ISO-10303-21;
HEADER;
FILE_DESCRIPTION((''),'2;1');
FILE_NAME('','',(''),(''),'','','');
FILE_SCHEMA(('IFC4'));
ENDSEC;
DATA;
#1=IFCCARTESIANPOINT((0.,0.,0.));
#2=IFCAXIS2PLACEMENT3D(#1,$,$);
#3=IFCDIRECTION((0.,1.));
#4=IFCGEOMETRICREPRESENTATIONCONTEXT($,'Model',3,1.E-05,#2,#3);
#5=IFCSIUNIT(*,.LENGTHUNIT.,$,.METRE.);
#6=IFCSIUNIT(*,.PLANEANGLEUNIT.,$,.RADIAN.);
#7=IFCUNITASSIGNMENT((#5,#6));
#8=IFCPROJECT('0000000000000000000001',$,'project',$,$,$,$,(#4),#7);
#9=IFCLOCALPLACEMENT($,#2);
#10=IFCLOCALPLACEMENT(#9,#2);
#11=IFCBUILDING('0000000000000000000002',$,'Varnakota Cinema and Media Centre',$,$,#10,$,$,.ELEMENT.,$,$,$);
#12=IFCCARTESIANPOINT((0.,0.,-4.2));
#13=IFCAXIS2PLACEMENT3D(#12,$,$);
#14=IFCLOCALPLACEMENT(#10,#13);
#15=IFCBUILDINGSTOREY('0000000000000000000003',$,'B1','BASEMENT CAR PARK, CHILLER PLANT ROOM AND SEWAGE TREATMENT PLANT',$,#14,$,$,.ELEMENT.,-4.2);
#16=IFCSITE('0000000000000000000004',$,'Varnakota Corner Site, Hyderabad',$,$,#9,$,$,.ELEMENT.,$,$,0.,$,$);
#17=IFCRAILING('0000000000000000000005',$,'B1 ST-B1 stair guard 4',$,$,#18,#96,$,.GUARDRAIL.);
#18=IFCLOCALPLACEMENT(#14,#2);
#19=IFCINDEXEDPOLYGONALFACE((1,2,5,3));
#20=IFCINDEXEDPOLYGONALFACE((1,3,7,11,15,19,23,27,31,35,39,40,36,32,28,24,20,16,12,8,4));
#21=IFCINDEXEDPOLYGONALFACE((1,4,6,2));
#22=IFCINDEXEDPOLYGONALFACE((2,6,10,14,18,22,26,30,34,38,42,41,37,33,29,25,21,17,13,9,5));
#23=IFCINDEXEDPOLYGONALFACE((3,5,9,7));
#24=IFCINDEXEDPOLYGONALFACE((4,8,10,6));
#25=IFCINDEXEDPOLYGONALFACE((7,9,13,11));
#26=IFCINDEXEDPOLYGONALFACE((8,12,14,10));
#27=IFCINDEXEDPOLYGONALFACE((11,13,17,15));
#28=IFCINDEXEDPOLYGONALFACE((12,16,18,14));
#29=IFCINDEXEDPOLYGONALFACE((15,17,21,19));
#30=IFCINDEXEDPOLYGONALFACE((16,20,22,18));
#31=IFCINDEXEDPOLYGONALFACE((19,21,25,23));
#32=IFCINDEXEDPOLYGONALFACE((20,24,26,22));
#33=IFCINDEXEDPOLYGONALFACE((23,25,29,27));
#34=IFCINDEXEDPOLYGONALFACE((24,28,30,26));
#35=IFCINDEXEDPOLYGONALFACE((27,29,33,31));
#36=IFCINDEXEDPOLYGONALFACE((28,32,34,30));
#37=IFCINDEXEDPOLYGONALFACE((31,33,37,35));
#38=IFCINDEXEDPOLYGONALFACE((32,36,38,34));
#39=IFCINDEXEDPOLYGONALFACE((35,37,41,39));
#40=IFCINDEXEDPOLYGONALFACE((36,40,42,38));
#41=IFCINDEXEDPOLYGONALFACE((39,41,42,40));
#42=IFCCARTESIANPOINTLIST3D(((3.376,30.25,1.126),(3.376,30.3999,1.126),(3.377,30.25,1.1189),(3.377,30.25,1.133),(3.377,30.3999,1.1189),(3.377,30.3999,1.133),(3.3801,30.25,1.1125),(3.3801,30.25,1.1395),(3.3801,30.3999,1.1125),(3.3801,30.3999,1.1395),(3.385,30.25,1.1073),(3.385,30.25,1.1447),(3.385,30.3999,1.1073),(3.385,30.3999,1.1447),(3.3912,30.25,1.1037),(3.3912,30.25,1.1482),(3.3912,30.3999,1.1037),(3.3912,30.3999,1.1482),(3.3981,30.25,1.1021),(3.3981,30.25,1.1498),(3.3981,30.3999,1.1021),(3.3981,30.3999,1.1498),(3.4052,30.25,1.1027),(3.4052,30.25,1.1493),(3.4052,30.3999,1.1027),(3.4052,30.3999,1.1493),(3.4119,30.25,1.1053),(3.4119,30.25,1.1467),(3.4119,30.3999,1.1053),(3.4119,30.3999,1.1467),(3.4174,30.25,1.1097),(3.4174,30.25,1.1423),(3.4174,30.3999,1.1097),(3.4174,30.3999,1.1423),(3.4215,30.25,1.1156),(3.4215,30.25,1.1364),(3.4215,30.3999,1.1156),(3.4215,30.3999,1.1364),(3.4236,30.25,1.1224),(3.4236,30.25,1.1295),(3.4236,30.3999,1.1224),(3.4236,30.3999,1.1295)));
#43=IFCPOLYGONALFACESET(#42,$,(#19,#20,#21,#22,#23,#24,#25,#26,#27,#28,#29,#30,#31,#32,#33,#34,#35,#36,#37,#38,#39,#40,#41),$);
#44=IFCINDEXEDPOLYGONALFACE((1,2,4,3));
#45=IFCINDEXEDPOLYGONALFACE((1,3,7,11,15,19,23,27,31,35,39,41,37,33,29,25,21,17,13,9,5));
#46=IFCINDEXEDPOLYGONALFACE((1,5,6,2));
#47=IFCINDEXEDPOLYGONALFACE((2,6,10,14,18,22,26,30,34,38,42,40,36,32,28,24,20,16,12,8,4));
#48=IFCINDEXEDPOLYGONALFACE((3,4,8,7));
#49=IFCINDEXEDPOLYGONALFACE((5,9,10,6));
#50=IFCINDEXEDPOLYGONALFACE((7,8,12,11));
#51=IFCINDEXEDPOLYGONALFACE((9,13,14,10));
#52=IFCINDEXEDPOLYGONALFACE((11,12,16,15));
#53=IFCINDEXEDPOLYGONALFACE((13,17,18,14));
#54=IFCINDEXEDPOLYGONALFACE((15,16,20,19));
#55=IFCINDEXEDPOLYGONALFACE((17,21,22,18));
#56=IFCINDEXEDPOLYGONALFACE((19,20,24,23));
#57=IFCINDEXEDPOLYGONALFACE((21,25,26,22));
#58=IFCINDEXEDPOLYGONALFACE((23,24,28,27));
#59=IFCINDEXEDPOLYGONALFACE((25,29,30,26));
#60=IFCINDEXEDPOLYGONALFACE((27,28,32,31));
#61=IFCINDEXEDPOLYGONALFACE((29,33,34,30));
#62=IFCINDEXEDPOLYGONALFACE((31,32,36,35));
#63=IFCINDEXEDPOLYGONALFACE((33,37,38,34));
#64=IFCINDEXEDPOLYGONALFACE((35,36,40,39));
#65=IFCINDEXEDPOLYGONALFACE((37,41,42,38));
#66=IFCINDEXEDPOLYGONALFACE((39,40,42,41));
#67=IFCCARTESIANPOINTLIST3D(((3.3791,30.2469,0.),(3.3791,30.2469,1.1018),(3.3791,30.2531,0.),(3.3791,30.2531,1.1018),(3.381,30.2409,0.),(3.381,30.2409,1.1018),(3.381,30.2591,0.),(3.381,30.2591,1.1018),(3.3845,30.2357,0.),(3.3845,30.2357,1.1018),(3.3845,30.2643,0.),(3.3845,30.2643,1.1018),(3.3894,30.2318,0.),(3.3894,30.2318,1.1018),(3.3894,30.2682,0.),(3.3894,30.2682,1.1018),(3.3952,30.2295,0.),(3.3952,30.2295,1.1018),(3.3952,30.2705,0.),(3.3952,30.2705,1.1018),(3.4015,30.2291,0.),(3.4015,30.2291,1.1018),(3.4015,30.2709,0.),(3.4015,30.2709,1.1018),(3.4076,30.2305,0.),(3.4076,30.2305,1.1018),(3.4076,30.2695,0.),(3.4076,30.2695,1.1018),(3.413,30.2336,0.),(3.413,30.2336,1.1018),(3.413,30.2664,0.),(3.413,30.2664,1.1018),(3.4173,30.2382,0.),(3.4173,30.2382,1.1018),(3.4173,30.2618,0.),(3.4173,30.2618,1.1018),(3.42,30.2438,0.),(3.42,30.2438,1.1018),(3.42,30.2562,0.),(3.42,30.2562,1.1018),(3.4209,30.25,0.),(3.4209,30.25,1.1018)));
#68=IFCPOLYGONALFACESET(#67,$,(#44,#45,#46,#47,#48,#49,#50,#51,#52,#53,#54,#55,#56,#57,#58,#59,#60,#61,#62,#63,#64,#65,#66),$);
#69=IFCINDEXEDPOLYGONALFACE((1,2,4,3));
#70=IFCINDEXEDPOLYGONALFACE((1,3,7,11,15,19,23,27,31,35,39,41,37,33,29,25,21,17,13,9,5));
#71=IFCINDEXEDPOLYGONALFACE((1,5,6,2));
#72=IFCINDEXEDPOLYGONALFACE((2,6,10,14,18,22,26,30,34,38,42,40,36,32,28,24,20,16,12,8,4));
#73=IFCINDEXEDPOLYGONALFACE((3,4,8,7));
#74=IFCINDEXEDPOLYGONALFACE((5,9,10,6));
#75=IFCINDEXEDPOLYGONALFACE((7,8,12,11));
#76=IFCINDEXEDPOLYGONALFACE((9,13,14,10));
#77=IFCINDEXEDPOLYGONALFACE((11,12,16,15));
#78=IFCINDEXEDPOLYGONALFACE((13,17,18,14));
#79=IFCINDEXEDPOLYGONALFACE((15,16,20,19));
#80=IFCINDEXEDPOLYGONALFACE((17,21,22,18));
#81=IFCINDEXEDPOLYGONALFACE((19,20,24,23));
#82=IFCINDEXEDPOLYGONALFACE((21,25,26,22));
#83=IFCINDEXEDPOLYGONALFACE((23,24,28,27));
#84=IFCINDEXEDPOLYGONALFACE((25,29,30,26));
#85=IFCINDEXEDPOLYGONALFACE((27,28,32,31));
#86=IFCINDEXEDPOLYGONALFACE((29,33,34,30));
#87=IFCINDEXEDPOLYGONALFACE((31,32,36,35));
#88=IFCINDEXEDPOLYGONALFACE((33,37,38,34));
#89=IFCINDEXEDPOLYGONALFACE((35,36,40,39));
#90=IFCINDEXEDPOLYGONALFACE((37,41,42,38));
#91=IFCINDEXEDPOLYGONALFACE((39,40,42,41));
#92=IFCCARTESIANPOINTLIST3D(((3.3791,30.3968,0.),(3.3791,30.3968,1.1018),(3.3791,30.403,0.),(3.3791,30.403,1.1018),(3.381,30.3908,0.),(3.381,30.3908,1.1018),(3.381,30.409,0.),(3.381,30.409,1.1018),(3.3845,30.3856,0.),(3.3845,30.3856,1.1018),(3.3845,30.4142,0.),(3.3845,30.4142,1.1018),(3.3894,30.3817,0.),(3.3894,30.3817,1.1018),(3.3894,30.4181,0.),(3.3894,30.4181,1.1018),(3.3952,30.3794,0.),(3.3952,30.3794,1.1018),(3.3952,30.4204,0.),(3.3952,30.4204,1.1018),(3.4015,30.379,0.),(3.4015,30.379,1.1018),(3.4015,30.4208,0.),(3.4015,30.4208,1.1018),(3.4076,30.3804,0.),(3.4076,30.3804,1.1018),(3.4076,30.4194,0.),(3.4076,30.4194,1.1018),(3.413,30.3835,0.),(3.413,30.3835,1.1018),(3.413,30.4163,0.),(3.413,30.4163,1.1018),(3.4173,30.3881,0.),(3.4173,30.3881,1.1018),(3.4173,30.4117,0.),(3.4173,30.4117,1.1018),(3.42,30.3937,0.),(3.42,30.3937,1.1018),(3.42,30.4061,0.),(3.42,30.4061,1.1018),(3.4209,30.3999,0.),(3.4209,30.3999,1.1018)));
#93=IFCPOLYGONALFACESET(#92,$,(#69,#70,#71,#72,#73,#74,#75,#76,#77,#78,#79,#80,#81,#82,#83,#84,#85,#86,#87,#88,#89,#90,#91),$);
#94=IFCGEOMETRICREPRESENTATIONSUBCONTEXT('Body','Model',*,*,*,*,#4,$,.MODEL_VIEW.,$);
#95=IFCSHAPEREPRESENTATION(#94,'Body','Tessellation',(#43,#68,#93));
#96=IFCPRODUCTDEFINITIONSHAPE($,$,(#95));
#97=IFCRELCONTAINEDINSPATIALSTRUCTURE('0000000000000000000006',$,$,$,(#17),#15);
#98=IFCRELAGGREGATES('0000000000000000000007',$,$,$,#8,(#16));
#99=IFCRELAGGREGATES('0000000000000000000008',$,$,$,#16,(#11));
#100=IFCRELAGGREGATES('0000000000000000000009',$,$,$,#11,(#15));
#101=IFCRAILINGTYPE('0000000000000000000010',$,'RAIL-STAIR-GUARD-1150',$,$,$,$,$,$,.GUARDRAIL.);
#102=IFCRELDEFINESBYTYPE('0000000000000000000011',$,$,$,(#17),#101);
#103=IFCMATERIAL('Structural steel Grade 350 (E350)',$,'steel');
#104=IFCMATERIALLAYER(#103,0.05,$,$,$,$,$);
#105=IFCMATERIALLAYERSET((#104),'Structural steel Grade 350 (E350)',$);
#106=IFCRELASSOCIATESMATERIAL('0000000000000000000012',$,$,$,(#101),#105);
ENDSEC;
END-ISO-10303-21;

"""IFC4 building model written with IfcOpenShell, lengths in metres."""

from ifc_helpers import new_model, si_unit, direction, frame, origin, origin_2d, place, context, subcontext, project, spatial, circle, extrude, material, layer, layer_set, type_object, element, save


model = new_model("IFC4")

# Units and contexts
model_context = context("Model", 3, precision=1e-05, world=origin(), true_north=direction((0.0, 1.0)))
body_context = subcontext(model_context, "Body", "Model", "MODEL_VIEW")
ifc_project = project(units=[si_unit("LENGTHUNIT", "METRE"), si_unit("PLANEANGLEUNIT", "RADIAN")], contexts=[model_context])

# Site, building, storey
site_placement = place(None, origin())
site = spatial("IfcSite", under=ifc_project, at=site_placement, Name="Varnakota Corner Site, Hyderabad", CompositionType="ELEMENT", RefElevation=0.0)
building_placement = place(site_placement, origin())
building = spatial("IfcBuilding", under=site, at=building_placement, Name="Varnakota Cinema and Media Centre", CompositionType="ELEMENT")
storey_placement = place(building_placement, frame((0.0, 0.0, -4.2)))
storey = spatial("IfcBuildingStorey", under=building, at=storey_placement, Name="B1", Description="BASEMENT CAR PARK, CHILLER PLANT ROOM AND SEWAGE TREATMENT PLANT", CompositionType="ELEMENT", Elevation=-4.2)

# Railing
ifc_material_1 = material(Name="Structural steel Grade 350 (E350)", Category="steel")
ifc_layer_1 = layer(ifc_material_1, 0.05)
ifc_layer_set_1 = layer_set([ifc_layer_1], Name="Structural steel Grade 350 (E350)")
railing_type_1 = type_object("IfcRailingType", Name="RAIL-STAIR-GUARD-1150", PredefinedType="GUARDRAIL", material=ifc_layer_set_1)
railing_1_placement = place(storey_placement, frame((3.3999, 30.25, 0.0)))
element("IfcRailing", 1, at=railing_1_placement, inside=storey, type_object=railing_type_1, Name="B1 ST-B1 stair guard 4", PredefinedType="GUARDRAIL", context=body_context, shape_type="SweptSolid", body=[
    extrude(circle(Radius=0.0239, at=origin_2d()), frame((0.0, 0.0, 1.126), z_axis=(0.0, 1.0, 0.0), x_axis=(-1.0, 0.0, 0.0)), (0.0, 0.0, 1.0), 0.1499),
    extrude(circle(Radius=0.021, at=origin_2d()), origin(), (0.0, 0.0, 1.0), 1.1018),
    extrude(circle(Radius=0.021, at=origin_2d()), frame((0.0, 0.1499, 0.0)), (0.0, 0.0, 1.0), 1.1018),
])

save(model, "model.ifc")
